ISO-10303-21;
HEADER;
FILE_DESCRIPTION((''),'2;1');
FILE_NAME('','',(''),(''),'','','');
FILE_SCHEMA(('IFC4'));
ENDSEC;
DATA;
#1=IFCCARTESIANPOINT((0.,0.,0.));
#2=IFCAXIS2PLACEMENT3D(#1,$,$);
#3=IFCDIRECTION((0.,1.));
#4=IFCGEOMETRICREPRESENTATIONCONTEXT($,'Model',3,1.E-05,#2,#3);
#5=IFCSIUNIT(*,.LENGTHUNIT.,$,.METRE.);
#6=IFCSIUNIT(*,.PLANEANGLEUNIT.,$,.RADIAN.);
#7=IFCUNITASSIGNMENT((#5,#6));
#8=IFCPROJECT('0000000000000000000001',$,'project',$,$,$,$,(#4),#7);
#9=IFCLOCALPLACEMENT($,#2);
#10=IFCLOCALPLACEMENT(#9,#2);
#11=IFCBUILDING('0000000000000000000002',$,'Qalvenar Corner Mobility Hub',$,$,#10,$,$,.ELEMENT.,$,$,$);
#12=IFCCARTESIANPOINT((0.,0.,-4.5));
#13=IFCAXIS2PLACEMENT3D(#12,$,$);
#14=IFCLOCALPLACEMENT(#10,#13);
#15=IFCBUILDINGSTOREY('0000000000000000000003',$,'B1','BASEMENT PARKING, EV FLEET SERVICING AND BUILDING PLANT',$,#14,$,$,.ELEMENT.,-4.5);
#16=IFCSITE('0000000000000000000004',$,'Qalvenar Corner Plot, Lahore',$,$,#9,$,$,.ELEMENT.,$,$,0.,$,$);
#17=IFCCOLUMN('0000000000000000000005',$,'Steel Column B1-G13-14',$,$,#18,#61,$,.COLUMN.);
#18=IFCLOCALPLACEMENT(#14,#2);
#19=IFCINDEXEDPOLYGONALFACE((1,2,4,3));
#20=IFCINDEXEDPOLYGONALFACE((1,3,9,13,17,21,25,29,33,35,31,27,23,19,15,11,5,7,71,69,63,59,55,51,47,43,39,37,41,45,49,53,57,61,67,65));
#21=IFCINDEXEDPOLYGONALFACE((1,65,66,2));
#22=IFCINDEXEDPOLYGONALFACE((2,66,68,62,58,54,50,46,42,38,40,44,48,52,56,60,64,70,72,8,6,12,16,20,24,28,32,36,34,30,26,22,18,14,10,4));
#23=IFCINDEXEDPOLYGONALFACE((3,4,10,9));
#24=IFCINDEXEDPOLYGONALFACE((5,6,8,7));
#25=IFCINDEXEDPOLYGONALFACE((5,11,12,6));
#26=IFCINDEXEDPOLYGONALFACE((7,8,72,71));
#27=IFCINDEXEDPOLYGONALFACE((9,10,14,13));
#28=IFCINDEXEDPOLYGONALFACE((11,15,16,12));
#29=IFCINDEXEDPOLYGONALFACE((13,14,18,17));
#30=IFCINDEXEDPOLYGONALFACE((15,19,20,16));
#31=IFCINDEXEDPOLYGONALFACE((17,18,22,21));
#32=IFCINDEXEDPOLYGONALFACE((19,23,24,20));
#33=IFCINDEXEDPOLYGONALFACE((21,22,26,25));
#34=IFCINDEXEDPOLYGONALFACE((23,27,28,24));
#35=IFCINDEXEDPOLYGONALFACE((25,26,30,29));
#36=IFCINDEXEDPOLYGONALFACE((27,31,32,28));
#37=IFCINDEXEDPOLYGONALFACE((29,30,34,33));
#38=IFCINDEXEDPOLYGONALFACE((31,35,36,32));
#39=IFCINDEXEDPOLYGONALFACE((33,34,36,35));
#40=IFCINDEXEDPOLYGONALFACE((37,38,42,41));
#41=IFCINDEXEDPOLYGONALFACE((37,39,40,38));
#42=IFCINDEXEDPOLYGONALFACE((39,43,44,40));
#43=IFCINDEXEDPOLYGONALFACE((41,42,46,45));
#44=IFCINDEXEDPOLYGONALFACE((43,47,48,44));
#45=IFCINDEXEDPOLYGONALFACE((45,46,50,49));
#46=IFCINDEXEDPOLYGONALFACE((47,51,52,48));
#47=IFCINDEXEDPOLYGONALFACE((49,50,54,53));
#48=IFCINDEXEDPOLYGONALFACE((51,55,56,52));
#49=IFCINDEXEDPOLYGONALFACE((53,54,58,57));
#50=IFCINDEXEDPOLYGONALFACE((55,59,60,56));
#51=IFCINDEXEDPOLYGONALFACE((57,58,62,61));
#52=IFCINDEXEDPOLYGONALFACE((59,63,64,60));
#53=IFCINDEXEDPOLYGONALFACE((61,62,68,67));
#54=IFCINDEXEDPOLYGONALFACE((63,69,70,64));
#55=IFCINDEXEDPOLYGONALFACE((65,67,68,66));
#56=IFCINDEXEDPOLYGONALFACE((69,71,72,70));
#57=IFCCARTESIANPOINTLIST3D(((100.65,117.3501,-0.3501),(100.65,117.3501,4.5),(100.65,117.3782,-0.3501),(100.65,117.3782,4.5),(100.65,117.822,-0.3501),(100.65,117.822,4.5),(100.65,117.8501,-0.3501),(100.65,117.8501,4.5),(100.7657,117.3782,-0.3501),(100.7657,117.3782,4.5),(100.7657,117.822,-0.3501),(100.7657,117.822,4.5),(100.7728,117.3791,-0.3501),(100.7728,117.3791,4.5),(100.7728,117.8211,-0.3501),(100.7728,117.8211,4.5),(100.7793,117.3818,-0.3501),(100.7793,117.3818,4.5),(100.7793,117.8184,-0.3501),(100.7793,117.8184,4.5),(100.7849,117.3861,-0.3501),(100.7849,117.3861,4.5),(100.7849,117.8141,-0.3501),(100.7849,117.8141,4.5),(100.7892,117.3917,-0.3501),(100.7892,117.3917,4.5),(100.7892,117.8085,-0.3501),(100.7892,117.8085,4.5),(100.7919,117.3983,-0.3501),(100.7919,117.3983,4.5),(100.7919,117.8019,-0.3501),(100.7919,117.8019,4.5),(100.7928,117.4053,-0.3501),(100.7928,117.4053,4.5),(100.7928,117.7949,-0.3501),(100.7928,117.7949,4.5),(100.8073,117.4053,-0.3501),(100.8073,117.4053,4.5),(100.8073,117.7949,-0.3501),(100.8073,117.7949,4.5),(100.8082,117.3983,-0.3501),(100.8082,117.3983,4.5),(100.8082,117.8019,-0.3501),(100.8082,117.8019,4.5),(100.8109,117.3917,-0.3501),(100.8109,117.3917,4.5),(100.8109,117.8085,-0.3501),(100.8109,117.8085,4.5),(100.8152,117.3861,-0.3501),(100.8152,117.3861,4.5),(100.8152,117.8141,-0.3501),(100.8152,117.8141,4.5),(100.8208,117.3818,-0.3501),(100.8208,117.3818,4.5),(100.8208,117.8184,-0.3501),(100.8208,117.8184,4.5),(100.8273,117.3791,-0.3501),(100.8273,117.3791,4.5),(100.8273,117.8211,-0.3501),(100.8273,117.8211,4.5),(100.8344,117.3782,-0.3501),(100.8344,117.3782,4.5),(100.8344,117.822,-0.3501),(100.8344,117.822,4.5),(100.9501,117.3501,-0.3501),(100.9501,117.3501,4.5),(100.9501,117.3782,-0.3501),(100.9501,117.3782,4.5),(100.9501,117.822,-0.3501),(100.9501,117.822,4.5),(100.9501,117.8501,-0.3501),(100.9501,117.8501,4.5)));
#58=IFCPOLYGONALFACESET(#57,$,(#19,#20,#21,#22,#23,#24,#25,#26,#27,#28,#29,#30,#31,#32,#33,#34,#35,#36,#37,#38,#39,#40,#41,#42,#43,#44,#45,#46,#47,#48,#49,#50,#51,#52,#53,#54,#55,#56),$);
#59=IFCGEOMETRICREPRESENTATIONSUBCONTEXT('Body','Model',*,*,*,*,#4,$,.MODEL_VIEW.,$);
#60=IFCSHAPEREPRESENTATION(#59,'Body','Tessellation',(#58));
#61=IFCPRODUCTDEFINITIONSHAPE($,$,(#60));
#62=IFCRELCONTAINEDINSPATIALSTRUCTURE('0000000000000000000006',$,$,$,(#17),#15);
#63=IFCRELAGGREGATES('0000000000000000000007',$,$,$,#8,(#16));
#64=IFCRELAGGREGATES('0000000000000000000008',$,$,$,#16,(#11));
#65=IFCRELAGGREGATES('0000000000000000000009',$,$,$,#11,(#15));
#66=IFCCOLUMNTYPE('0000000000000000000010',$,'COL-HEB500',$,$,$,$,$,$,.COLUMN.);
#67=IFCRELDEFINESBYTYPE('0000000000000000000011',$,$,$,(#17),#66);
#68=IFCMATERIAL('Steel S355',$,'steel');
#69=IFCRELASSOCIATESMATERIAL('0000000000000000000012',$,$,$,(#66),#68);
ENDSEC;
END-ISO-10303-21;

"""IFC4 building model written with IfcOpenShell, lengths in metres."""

from ifc_helpers import new_model, si_unit, direction, frame, origin, origin_2d, place, context, subcontext, project, spatial, i_section, extrude, material, material_profile, profile_set, type_object, element, save


model = new_model("IFC4")

# Units and contexts
model_context = context("Model", 3, precision=1e-05, world=origin(), true_north=direction((0.0, 1.0)))
body_context = subcontext(model_context, "Body", "Model", "MODEL_VIEW")
ifc_project = project(units=[si_unit("LENGTHUNIT", "METRE"), si_unit("PLANEANGLEUNIT", "RADIAN")], contexts=[model_context])

# Site, building, storey
site_placement = place(None, origin())
site = spatial("IfcSite", under=ifc_project, at=site_placement, Name="Qalvenar Corner Plot, Lahore", CompositionType="ELEMENT", RefElevation=0.0)
building_placement = place(site_placement, origin())
building = spatial("IfcBuilding", under=site, at=building_placement, Name="Qalvenar Corner Mobility Hub", CompositionType="ELEMENT")
storey_placement = place(building_placement, frame((0.0, 0.0, -4.5)))
storey = spatial("IfcBuildingStorey", under=building, at=storey_placement, Name="B1", Description="BASEMENT PARKING, EV FLEET SERVICING AND BUILDING PLANT", CompositionType="ELEMENT", Elevation=-4.5)

# Column
ifc_material_1 = material(Name="Steel S355", Category="steel")
ifc_material_profile_1 = material_profile(ifc_material_1, i_section(OverallWidth=0.3, OverallDepth=0.5, WebThickness=0.0144, FlangeThickness=0.0281, FilletRadius=0.0271, at=origin_2d()), Name="HEB500")
ifc_profile_set_1 = profile_set([ifc_material_profile_1], Name="Steel S355")
column_type_1 = type_object("IfcColumnType", Name="COL-HEB500", PredefinedType="COLUMN", material=ifc_profile_set_1)
column_1_placement = place(storey_placement, frame((100.8, 117.6001, -0.3501), z_axis=(0.0, 0.0, 1.0), x_axis=(1.0, 0.0, 0.0)))
element("IfcColumn", 1, at=column_1_placement, inside=storey, type_object=column_type_1, Name="Steel Column B1-G13-14", PredefinedType="COLUMN", context=body_context, shape_type="SweptSolid", body=[
    extrude(i_section(OverallWidth=0.3, OverallDepth=0.5, WebThickness=0.0144, FlangeThickness=0.0281, FilletRadius=0.0271, at=origin_2d()), origin(), (0.0, 0.0, 1.0), 4.8501),
])

save(model, "model.ifc")
